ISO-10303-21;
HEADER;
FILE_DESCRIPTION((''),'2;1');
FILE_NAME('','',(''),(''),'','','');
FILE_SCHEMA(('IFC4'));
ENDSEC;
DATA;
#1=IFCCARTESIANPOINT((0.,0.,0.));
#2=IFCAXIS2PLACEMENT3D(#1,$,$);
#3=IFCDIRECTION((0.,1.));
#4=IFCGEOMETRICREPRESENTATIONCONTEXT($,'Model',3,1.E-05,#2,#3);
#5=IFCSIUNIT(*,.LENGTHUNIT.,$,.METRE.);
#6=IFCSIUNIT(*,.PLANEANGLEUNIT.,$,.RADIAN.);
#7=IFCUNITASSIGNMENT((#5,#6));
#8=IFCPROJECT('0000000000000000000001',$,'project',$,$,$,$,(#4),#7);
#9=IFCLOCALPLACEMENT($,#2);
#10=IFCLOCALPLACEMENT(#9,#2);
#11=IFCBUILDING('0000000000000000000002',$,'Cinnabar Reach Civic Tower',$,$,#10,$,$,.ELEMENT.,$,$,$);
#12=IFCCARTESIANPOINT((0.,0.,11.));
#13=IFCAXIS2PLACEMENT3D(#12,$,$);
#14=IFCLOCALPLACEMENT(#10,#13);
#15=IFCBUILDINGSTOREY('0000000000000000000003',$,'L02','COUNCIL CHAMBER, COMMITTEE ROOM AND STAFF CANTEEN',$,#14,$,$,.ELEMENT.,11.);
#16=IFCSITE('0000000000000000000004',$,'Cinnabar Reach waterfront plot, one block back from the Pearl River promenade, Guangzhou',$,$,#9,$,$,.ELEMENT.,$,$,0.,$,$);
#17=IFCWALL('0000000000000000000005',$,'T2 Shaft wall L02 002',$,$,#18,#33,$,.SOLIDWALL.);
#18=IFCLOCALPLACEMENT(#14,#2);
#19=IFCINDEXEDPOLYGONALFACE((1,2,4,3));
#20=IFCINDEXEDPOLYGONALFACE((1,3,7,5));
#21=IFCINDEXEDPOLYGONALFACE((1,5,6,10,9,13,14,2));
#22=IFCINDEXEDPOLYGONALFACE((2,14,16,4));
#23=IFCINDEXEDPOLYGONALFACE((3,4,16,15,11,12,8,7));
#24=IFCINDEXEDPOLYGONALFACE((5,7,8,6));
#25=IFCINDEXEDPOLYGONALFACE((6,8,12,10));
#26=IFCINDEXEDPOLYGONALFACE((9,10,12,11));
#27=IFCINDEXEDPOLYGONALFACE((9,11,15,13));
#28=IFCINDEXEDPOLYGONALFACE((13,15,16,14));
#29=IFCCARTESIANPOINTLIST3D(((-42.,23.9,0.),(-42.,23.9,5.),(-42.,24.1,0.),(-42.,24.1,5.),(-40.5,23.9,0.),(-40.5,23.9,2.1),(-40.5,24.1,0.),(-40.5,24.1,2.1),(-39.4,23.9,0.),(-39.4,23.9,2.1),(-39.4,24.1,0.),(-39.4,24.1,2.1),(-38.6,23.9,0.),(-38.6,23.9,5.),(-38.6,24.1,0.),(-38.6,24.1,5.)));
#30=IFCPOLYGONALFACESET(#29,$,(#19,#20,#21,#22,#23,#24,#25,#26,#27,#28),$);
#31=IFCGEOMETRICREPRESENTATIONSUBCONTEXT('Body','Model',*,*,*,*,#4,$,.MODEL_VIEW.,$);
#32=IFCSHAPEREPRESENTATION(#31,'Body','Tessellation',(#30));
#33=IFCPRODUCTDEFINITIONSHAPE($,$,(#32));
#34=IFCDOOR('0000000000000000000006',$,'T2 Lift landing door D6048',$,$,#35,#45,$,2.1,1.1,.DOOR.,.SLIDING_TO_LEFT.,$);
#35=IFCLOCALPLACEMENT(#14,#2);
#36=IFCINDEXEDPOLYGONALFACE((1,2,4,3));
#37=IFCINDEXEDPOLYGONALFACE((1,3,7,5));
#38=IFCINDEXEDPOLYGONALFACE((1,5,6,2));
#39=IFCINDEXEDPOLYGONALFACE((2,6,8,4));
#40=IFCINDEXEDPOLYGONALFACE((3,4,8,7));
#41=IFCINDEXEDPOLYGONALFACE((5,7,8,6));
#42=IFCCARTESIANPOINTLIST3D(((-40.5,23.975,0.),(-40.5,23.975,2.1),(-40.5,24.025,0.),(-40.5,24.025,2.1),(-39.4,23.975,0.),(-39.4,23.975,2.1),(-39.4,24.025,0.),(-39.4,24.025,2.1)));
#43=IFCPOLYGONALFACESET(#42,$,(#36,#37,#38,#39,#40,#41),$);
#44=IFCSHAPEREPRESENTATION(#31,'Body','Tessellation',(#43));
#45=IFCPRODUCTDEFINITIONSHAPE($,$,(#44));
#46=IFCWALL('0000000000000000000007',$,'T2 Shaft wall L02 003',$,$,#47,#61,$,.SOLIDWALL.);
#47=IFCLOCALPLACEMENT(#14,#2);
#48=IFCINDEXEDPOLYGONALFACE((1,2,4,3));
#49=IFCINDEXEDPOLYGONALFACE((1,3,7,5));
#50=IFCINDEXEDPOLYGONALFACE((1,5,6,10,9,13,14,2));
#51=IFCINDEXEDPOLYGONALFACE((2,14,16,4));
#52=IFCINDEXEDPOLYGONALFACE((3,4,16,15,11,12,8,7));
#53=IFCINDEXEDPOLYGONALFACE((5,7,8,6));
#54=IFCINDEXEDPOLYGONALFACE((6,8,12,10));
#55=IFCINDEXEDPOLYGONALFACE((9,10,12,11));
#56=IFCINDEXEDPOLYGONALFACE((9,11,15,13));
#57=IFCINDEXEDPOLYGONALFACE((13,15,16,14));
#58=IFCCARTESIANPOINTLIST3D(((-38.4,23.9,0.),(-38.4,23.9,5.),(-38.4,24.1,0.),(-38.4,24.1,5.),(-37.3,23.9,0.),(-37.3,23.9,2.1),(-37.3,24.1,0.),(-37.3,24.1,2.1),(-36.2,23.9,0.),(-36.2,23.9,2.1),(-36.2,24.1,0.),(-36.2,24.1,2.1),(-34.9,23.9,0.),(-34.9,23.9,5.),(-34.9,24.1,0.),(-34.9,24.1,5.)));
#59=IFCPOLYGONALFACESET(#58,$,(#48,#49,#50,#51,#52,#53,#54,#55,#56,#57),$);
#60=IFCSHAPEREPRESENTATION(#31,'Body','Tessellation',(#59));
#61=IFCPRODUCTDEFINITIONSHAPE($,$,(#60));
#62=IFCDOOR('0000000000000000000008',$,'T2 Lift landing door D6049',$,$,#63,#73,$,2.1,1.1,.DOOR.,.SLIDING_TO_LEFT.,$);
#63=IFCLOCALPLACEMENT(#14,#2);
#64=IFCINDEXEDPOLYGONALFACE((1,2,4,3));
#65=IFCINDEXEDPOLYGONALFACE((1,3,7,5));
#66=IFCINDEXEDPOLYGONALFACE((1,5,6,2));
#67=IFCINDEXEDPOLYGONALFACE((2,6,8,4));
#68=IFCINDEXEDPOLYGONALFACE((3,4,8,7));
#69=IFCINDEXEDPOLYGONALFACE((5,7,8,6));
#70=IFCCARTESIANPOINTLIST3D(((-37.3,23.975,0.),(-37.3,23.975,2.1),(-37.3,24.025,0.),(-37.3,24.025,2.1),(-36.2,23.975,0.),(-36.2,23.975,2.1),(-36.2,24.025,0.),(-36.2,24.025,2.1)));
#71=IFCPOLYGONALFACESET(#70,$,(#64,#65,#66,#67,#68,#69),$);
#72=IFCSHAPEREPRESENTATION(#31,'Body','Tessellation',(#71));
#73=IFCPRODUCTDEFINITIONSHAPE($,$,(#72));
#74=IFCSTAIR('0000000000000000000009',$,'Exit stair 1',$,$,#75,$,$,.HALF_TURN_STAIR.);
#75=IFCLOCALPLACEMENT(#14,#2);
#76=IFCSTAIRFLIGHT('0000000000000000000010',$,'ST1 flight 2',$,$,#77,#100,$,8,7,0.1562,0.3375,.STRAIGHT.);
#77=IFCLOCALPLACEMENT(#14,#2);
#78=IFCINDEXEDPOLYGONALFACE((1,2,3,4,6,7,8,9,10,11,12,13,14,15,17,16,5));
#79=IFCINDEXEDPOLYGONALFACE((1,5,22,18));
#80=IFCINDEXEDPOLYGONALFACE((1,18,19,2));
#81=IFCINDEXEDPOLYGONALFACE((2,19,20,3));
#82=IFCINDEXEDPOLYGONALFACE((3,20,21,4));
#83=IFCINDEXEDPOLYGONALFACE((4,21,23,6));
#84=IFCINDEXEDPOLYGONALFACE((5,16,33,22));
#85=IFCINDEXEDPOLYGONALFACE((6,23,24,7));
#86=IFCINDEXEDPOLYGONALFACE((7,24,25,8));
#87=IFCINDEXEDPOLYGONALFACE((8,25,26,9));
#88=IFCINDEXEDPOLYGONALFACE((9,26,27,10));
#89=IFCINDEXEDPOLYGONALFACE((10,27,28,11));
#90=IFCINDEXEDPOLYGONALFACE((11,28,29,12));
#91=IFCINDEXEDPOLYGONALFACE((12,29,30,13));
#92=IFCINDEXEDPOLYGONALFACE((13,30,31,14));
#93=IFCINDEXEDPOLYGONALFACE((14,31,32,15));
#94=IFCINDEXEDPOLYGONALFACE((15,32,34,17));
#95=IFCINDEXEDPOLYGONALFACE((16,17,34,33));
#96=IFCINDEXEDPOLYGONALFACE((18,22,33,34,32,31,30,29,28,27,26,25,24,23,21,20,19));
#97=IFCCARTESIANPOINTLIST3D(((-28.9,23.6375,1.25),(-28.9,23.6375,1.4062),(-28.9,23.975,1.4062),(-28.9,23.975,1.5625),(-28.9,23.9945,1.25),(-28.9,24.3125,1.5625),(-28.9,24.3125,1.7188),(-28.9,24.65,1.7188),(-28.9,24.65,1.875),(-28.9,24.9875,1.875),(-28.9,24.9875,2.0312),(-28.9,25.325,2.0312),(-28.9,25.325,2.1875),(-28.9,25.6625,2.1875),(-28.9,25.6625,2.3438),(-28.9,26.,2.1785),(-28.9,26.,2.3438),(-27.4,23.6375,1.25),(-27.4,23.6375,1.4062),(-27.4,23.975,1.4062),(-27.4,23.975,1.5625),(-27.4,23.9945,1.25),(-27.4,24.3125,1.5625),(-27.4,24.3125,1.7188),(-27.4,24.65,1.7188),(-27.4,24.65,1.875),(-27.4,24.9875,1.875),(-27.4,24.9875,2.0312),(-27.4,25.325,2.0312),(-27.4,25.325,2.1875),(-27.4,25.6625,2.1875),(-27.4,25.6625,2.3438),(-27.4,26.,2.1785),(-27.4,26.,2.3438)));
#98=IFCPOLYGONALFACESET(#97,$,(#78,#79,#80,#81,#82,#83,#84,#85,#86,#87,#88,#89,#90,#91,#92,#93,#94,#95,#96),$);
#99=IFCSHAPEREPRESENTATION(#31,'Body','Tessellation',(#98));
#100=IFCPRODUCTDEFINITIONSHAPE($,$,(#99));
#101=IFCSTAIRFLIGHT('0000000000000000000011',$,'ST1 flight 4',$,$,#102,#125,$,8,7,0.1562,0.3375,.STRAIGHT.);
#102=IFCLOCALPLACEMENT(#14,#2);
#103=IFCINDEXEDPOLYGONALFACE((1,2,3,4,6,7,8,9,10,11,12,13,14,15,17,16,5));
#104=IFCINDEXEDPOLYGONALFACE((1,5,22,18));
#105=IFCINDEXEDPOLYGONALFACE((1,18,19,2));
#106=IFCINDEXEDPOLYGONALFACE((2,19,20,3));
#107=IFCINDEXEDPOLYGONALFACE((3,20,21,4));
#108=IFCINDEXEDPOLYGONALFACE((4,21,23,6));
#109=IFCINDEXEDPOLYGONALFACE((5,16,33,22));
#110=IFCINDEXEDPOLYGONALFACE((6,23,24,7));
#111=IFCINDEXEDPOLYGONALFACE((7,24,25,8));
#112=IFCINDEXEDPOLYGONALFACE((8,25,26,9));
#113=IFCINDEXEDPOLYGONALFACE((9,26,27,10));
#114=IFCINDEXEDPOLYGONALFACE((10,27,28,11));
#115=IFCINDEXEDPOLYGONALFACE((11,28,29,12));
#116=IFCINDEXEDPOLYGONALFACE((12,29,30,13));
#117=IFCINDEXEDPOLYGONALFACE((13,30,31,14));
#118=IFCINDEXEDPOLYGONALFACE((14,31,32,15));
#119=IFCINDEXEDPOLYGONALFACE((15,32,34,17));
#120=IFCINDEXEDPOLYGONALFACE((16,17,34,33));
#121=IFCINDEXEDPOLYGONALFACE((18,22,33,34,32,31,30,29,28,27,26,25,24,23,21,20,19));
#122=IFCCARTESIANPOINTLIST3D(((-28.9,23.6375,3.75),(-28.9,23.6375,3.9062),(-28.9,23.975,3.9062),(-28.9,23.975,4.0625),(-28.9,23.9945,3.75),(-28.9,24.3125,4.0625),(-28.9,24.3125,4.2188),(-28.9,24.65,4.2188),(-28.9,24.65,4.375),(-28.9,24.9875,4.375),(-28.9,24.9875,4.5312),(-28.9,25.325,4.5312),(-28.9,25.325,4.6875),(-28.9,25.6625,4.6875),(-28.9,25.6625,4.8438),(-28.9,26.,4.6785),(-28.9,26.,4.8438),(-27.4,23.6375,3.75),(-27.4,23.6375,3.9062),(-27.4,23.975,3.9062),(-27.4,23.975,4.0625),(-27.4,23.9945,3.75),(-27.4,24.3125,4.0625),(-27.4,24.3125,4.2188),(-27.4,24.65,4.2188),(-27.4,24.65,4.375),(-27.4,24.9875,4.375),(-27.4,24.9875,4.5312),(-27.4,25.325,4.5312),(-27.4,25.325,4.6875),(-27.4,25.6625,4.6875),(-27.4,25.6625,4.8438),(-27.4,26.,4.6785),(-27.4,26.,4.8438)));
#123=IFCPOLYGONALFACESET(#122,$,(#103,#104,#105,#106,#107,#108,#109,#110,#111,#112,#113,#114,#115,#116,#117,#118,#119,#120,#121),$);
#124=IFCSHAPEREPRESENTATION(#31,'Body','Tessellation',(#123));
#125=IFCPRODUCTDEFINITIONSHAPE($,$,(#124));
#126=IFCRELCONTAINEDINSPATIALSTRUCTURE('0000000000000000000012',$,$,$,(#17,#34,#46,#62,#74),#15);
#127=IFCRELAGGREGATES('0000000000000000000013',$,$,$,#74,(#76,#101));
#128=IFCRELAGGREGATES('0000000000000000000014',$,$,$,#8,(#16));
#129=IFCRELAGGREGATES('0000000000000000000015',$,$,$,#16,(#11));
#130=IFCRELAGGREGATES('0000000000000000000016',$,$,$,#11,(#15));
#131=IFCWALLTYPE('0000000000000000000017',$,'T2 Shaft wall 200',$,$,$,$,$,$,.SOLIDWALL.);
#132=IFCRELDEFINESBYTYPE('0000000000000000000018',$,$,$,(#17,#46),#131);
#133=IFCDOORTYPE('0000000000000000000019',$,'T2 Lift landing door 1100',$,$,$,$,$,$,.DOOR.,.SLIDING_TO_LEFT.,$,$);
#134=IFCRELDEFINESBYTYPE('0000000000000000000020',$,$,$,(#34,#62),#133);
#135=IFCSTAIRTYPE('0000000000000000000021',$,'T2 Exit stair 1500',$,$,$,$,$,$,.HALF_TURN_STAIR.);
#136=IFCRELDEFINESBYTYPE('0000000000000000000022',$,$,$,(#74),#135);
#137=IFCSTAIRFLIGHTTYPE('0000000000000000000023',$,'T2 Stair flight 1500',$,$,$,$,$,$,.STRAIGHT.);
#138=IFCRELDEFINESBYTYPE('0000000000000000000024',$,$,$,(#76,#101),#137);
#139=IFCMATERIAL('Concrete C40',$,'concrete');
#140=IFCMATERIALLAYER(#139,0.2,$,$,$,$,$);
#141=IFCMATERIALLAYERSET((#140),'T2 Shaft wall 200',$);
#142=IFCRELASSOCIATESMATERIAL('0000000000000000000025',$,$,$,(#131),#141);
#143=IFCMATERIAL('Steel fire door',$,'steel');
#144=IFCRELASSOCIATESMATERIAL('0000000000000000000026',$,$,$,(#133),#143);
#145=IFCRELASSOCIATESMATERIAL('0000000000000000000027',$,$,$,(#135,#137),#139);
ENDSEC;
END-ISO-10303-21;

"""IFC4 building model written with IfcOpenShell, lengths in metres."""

from ifc_helpers import new_model, si_unit, direction, frame, frame_2d, origin, place, context, subcontext, project, spatial, polyline, rectangle, outline, extrude, material, layer, layer_set, type_object, element, fill, aggregate, save


model = new_model("IFC4")

# Units and contexts
model_context = context("Model", 3, precision=1e-05, world=origin(), true_north=direction((0.0, 1.0)))
body_context = subcontext(model_context, "Body", "Model", "MODEL_VIEW")
ifc_project = project(units=[si_unit("LENGTHUNIT", "METRE"), si_unit("PLANEANGLEUNIT", "RADIAN")], contexts=[model_context])

# Site, building, storey
site_placement = place(None, origin())
site = spatial("IfcSite", under=ifc_project, at=site_placement, Name="Cinnabar Reach waterfront plot, one block back from the Pearl River promenade, Guangzhou", CompositionType="ELEMENT", RefElevation=0.0)
building_placement = place(site_placement, origin())
building = spatial("IfcBuilding", under=site, at=building_placement, Name="Cinnabar Reach Civic Tower", CompositionType="ELEMENT")
storey_placement = place(building_placement, frame((0.0, 0.0, 11.0)))
storey = spatial("IfcBuildingStorey", under=building, at=storey_placement, Name="L02", Description="COUNCIL CHAMBER, COMMITTEE ROOM AND STAFF CANTEEN", CompositionType="ELEMENT", Elevation=11.0)

# Shared definitions
ifc_material_1 = material(Name="Concrete C40", Category="concrete")

# Shared definitions
ifc_material_2 = material(Name="Steel fire door", Category="steel")

# Shared definitions
ifc_layer_1 = layer(ifc_material_1, 0.2)
ifc_layer_set_1 = layer_set([ifc_layer_1], Name="T2 Shaft wall 200")
wall_type_1 = type_object("IfcWallType", Name="T2 Shaft wall 200", PredefinedType="SOLIDWALL", material=ifc_layer_set_1)

# Walls, openings, doors
wall_1_placement = place(storey_placement, frame((-38.6, 24.0, 0.0), z_axis=(0.0, 0.0, 1.0), x_axis=(-1.0, 0.0, 0.0)))
wall_1 = element("IfcWall", 1, at=wall_1_placement, inside=storey, type_object=wall_type_1, Name="T2 Shaft wall L02 002", PredefinedType="SOLIDWALL", context=body_context, shape_type="SweptSolid", body=[
    extrude(rectangle(XDim=3.4, YDim=0.2, at=frame_2d((1.7, 0.0))), origin(), (0.0, 0.0, 1.0), 5.0),
])
opening_1_placement = place(wall_1_placement, frame((0.8, 0.0, 0.0)))
opening_1 = element("IfcOpeningElement", 2, at=opening_1_placement, cuts=wall_1, PredefinedType="OPENING", context=body_context, shape_type="SweptSolid", body=[
    extrude(rectangle(XDim=1.1, YDim=2.1, at=frame_2d((0.55, 1.05))), frame((0.0, 0.11, 0.0), z_axis=(0.0, -1.0, 0.0), x_axis=(1.0, 0.0, 0.0)), (0.0, 0.0, 1.0), 0.22),
])
door_type_1 = type_object("IfcDoorType", Name="T2 Lift landing door 1100", OperationType="SLIDING_TO_LEFT", PredefinedType="DOOR", material=ifc_material_2)
door_1_placement = place(opening_1_placement, origin())
door_1 = element("IfcDoor", 3, at=door_1_placement, inside=storey, type_object=door_type_1, Name="T2 Lift landing door D6048", OperationType="SLIDING_TO_LEFT", OverallHeight=2.1, OverallWidth=1.1, PredefinedType="DOOR", context=body_context, shape_type="SweptSolid", body=[
    extrude(rectangle(XDim=1.1, YDim=2.1, at=frame_2d((0.55, 1.05))), frame((0.0, 0.025, 0.0), z_axis=(0.0, -1.0, 0.0), x_axis=(1.0, 0.0, 0.0)), (0.0, 0.0, 1.0), 0.05),
])
fill(opening_1, door_1)
wall_2_placement = place(storey_placement, frame((-34.9, 24.0, 0.0), z_axis=(0.0, 0.0, 1.0), x_axis=(-1.0, 0.0, 0.0)))
wall_2 = element("IfcWall", 4, at=wall_2_placement, inside=storey, type_object=wall_type_1, Name="T2 Shaft wall L02 003", PredefinedType="SOLIDWALL", context=body_context, shape_type="SweptSolid", body=[
    extrude(rectangle(XDim=3.5, YDim=0.2, at=frame_2d((1.75, 0.0))), origin(), (0.0, 0.0, 1.0), 5.0),
])
opening_2_placement = place(wall_2_placement, frame((1.3, 0.0, 0.0)))
opening_2 = element("IfcOpeningElement", 5, at=opening_2_placement, cuts=wall_2, PredefinedType="OPENING", context=body_context, shape_type="SweptSolid", body=[
    extrude(rectangle(XDim=1.1, YDim=2.1, at=frame_2d((0.55, 1.05))), frame((0.0, 0.11, 0.0), z_axis=(0.0, -1.0, 0.0), x_axis=(1.0, 0.0, 0.0)), (0.0, 0.0, 1.0), 0.22),
])
door_2_placement = place(opening_2_placement, origin())
door_2 = element("IfcDoor", 6, at=door_2_placement, inside=storey, type_object=door_type_1, Name="T2 Lift landing door D6049", OperationType="SLIDING_TO_LEFT", OverallHeight=2.1, OverallWidth=1.1, PredefinedType="DOOR", context=body_context, shape_type="SweptSolid", body=[
    extrude(rectangle(XDim=1.1, YDim=2.1, at=frame_2d((0.55, 1.05))), frame((0.0, 0.025, 0.0), z_axis=(0.0, -1.0, 0.0), x_axis=(1.0, 0.0, 0.0)), (0.0, 0.0, 1.0), 0.05),
])
fill(opening_2, door_2)

# Stair, stair flights
stair_type = type_object("IfcStairType", Name="T2 Exit stair 1500", PredefinedType="HALF_TURN_STAIR", material=ifc_material_1)
stair_placement = place(storey_placement, origin())
stair = element("IfcStair", 7, at=stair_placement, inside=storey, type_object=stair_type, Name="Exit stair 1", PredefinedType="HALF_TURN_STAIR")
stair_flight_type = type_object("IfcStairFlightType", Name="T2 Stair flight 1500", PredefinedType="STRAIGHT", material=ifc_material_1)
stair_flight_1_placement = place(storey_placement, frame((-28.15, 23.6375, 1.25), z_axis=(0.0, 0.0, 1.0), x_axis=(0.0, 1.0, 0.0)))
stair_flight_1 = element("IfcStairFlight", 8, at=stair_flight_1_placement, type_object=stair_flight_type, Name="ST1 flight 2", NumberOfRisers=8, NumberOfTreads=7, PredefinedType="STRAIGHT", RiserHeight=0.1562, TreadLength=0.3375, context=body_context, shape_type="SweptSolid", body=[
    extrude(outline(polyline([(0.0, 0.0), (0.0, 0.1562), (0.3375, 0.1562), (0.3375, 0.3125), (0.675, 0.3125), (0.675, 0.4688), (1.0125, 0.4688), (1.0125, 0.625), (1.35, 0.625), (1.35, 0.7812), (1.6875, 0.7812), (1.6875, 0.9375), (2.025, 0.9375), (2.025, 1.0938), (2.3625, 1.0938), (2.3625, 1.25), (2.3625, 0.9285), (0.357, 0.0), (0.0, 0.0)])), frame((0.0, 0.75, 0.0), z_axis=(0.0, -1.0, 0.0), x_axis=(1.0, 0.0, 0.0)), (0.0, 0.0, 1.0), 1.5),
])
stair_flight_2_placement = place(storey_placement, frame((-28.15, 23.6375, 3.75), z_axis=(0.0, 0.0, 1.0), x_axis=(0.0, 1.0, 0.0)))
stair_flight_2 = element("IfcStairFlight", 9, at=stair_flight_2_placement, type_object=stair_flight_type, Name="ST1 flight 4", NumberOfRisers=8, NumberOfTreads=7, PredefinedType="STRAIGHT", RiserHeight=0.1562, TreadLength=0.3375, context=body_context, shape_type="SweptSolid", body=[
    extrude(outline(polyline([(0.0, 0.0), (0.0, 0.1562), (0.3375, 0.1562), (0.3375, 0.3125), (0.675, 0.3125), (0.675, 0.4688), (1.0125, 0.4688), (1.0125, 0.625), (1.35, 0.625), (1.35, 0.7812), (1.6875, 0.7812), (1.6875, 0.9375), (2.025, 0.9375), (2.025, 1.0938), (2.3625, 1.0938), (2.3625, 1.25), (2.3625, 0.9285), (0.357, 0.0), (0.0, 0.0)])), frame((0.0, 0.75, 0.0), z_axis=(0.0, -1.0, 0.0), x_axis=(1.0, 0.0, 0.0)), (0.0, 0.0, 1.0), 1.5),
])
aggregate(stair, [stair_flight_1, stair_flight_2])

save(model, "model.ifc")
